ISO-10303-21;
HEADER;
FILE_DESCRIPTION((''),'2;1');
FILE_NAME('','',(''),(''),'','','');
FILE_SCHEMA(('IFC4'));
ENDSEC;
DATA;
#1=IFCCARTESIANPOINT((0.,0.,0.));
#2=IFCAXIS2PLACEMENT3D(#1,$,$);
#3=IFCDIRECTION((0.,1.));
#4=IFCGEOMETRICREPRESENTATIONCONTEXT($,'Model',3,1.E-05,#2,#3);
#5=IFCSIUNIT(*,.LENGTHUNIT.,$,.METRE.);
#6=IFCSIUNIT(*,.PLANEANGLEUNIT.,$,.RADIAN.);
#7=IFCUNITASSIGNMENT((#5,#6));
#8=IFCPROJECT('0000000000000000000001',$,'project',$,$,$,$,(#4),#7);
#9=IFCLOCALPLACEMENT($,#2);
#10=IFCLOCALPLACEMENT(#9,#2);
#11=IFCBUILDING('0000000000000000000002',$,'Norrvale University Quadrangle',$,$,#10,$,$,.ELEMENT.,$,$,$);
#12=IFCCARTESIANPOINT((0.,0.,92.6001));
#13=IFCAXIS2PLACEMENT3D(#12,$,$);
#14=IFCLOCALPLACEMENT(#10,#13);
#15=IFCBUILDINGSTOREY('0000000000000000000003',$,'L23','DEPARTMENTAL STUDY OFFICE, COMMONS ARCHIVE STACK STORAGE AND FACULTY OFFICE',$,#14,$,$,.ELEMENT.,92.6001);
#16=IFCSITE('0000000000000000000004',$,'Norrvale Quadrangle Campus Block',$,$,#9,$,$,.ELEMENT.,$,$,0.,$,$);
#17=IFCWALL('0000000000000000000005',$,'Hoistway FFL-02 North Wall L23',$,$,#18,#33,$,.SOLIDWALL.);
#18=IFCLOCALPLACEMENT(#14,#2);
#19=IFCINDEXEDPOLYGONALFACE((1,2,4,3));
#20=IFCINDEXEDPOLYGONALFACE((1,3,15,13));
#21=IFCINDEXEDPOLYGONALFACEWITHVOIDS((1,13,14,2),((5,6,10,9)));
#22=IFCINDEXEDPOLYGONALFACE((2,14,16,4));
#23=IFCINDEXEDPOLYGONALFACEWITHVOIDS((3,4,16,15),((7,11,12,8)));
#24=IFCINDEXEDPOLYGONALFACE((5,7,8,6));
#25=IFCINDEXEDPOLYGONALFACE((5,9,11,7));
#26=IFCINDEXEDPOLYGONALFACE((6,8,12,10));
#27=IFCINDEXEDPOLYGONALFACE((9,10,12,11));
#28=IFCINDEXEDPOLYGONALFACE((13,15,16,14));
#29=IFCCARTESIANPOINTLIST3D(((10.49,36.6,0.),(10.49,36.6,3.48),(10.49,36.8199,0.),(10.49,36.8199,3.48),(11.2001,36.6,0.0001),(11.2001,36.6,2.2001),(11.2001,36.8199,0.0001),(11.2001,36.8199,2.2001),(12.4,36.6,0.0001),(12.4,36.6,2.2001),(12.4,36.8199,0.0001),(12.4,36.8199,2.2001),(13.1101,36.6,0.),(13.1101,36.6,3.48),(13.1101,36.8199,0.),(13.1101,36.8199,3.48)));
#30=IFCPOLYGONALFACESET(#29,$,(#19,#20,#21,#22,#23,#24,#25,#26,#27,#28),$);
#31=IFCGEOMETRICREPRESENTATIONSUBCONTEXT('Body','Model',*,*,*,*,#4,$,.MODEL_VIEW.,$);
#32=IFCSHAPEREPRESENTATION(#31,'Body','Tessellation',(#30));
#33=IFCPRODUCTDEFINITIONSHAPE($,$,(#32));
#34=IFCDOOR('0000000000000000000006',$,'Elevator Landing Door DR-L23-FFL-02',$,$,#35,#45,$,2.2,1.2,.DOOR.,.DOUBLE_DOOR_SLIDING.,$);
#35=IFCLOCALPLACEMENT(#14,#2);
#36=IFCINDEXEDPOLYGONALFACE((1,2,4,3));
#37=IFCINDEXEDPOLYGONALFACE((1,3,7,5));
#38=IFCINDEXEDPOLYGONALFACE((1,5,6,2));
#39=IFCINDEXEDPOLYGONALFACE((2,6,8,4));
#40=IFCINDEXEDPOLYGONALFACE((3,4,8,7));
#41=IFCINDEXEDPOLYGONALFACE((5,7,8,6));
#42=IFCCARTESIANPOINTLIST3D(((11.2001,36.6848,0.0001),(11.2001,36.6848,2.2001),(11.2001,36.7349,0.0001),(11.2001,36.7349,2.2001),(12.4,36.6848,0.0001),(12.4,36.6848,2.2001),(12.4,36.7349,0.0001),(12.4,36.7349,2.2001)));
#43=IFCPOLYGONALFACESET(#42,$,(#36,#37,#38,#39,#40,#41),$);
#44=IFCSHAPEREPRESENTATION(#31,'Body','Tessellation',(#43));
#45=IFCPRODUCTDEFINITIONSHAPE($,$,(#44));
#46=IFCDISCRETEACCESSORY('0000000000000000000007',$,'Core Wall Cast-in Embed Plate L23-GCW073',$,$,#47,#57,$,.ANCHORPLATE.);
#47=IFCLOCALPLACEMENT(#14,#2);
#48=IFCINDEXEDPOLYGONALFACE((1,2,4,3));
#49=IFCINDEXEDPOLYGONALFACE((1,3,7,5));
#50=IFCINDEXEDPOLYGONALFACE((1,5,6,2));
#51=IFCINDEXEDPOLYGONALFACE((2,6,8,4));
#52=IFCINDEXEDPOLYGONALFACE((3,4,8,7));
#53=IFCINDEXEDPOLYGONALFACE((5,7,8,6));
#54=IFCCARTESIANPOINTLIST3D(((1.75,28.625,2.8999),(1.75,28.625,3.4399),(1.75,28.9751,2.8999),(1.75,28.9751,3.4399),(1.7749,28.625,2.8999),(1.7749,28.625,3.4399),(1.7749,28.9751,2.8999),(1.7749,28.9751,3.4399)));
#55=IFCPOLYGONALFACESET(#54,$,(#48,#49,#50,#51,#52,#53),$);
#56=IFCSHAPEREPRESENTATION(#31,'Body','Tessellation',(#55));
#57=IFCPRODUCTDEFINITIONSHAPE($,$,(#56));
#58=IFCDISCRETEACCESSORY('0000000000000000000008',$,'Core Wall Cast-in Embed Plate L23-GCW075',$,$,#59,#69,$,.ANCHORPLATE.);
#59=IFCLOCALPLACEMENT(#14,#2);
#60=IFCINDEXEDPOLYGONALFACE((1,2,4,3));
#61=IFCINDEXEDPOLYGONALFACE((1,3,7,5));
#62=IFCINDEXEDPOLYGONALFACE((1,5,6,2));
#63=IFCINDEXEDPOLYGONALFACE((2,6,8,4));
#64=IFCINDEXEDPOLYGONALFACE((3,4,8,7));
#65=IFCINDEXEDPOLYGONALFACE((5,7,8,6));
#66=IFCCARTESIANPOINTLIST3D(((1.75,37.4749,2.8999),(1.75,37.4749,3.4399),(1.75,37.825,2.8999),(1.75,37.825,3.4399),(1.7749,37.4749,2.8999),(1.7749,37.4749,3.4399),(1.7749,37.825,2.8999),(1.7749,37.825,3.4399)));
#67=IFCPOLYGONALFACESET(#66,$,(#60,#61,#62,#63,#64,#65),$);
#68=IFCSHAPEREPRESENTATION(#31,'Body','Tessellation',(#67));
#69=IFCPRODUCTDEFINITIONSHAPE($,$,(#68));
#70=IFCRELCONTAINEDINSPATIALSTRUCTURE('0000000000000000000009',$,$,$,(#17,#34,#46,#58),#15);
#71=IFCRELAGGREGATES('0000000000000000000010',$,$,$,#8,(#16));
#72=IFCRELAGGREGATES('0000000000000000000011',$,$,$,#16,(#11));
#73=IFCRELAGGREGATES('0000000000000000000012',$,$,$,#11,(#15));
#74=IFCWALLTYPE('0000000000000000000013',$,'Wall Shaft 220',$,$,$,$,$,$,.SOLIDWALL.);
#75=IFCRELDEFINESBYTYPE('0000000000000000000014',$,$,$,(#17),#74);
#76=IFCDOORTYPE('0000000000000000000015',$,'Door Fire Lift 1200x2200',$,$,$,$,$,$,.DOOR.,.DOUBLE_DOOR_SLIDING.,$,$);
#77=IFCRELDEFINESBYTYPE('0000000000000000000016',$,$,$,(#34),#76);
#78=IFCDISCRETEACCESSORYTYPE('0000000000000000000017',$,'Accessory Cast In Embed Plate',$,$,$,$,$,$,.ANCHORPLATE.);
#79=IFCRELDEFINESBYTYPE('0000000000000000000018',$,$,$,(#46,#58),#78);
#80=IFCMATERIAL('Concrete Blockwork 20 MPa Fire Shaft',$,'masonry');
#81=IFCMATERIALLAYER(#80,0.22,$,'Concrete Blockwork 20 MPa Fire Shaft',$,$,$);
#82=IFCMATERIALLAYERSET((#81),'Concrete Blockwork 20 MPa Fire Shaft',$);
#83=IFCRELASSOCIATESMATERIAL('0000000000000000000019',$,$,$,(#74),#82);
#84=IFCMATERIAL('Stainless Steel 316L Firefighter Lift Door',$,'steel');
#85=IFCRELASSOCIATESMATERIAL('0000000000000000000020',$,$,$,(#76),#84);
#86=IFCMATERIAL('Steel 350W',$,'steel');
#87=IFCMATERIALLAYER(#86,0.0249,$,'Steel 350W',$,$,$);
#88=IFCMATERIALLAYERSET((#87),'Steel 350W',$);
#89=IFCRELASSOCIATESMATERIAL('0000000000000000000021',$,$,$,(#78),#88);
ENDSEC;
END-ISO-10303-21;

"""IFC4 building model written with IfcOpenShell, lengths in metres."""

from ifc_helpers import new_model, si_unit, direction, frame, frame_2d, origin, origin_2d, place, context, subcontext, project, spatial, rectangle, extrude, material, layer, layer_set, type_object, element, fill, save


model = new_model("IFC4")

# Units and contexts
model_context = context("Model", 3, precision=1e-05, world=origin(), true_north=direction((0.0, 1.0)))
body_context = subcontext(model_context, "Body", "Model", "MODEL_VIEW")
ifc_project = project(units=[si_unit("LENGTHUNIT", "METRE"), si_unit("PLANEANGLEUNIT", "RADIAN")], contexts=[model_context])

# Site, building, storey
site_placement = place(None, origin())
site = spatial("IfcSite", under=ifc_project, at=site_placement, Name="Norrvale Quadrangle Campus Block", CompositionType="ELEMENT", RefElevation=0.0)
building_placement = place(site_placement, origin())
building = spatial("IfcBuilding", under=site, at=building_placement, Name="Norrvale University Quadrangle", CompositionType="ELEMENT")
storey_placement = place(building_placement, frame((0.0, 0.0, 92.6001)))
storey = spatial("IfcBuildingStorey", under=building, at=storey_placement, Name="L23", Description="DEPARTMENTAL STUDY OFFICE, COMMONS ARCHIVE STACK STORAGE AND FACULTY OFFICE", CompositionType="ELEMENT", Elevation=92.6001)

# Shared definitions
ifc_material_1 = material(Name="Steel 350W", Category="steel")

# Shared definitions
ifc_material_2 = material(Name="Concrete Blockwork 20 MPa Fire Shaft", Category="masonry")
ifc_layer_1 = layer(ifc_material_2, 0.22, Name="Concrete Blockwork 20 MPa Fire Shaft")
ifc_layer_set_1 = layer_set([ifc_layer_1], Name="Concrete Blockwork 20 MPa Fire Shaft")
wall_type_1 = type_object("IfcWallType", Name="Wall Shaft 220", PredefinedType="SOLIDWALL", material=ifc_layer_set_1)

# Shared definitions
ifc_material_3 = material(Name="Stainless Steel 316L Firefighter Lift Door", Category="steel")
door_type_1 = type_object("IfcDoorType", Name="Door Fire Lift 1200x2200", OperationType="DOUBLE_DOOR_SLIDING", PredefinedType="DOOR", material=ifc_material_3)

# Wall, opening, door
wall_1_placement = place(storey_placement, frame((10.49, 36.71, 0.0), z_axis=(0.0, 0.0, 1.0), x_axis=(1.0, 0.0, 0.0)))
wall_1 = element("IfcWall", 1, at=wall_1_placement, inside=storey, type_object=wall_type_1, Name="Hoistway FFL-02 North Wall L23", PredefinedType="SOLIDWALL", context=body_context, shape_type="SweptSolid", body=[
    extrude(rectangle(XDim=2.6201, YDim=0.22, at=frame_2d((1.3101, 0.0))), origin(), (0.0, 0.0, 1.0), 3.48),
])
opening_1_placement = place(wall_1_placement, frame((0.71, 0.0, 0.0)))
opening_1 = element("IfcOpeningElement", 2, at=opening_1_placement, cuts=wall_1, PredefinedType="OPENING", context=body_context, shape_type="SweptSolid", body=[
    extrude(rectangle(XDim=1.2, YDim=2.2, at=frame_2d((0.6001, 1.1001))), frame((0.0, 0.1221, 0.0), z_axis=(0.0, -1.0, 0.0), x_axis=(1.0, 0.0, 0.0)), (0.0, 0.0, 1.0), 0.2439),
])
door_1_placement = place(opening_1_placement, origin())
door_1 = element("IfcDoor", 3, at=door_1_placement, inside=storey, type_object=door_type_1, Name="Elevator Landing Door DR-L23-FFL-02", OperationType="DOUBLE_DOOR_SLIDING", OverallHeight=2.2, OverallWidth=1.2, PredefinedType="DOOR", context=body_context, shape_type="SweptSolid", body=[
    extrude(rectangle(XDim=1.2, YDim=2.2, at=frame_2d((0.6001, 1.1001))), frame((0.0, 0.0249, 0.0), z_axis=(0.0, -1.0, 0.0), x_axis=(1.0, 0.0, 0.0)), (0.0, 0.0, 1.0), 0.05),
])
fill(opening_1, door_1)

# Discrete accessories
ifc_layer_2 = layer(ifc_material_1, 0.0249, Name="Steel 350W")
ifc_layer_set_2 = layer_set([ifc_layer_2], Name="Steel 350W")
discrete_accessory_type = type_object("IfcDiscreteAccessoryType", Name="Accessory Cast In Embed Plate", PredefinedType="ANCHORPLATE", material=ifc_layer_set_2)
for number, where, z_axis, x_axis, name in (
    (4, (1.7625, 28.8, 2.8999), (0.0, 0.0, 1.0), (1.0, 0.0, 0.0), "Core Wall Cast-in Embed Plate L23-GCW073"),
    (5, (1.7625, 37.6499, 2.8999), (0.0, 0.0, 1.0), (1.0, 0.0, 0.0), "Core Wall Cast-in Embed Plate L23-GCW075"),
):
    element("IfcDiscreteAccessory", number, at=place(storey_placement, frame(where, z_axis=z_axis, x_axis=x_axis)), inside=storey, type_object=discrete_accessory_type, Name=name, PredefinedType="ANCHORPLATE", context=body_context, shape_type="SweptSolid", body=[
        extrude(rectangle(XDim=0.0249, YDim=0.3501, at=origin_2d()), origin(), (0.0, 0.0, 1.0), 0.54),
    ])

save(model, "model.ifc")
